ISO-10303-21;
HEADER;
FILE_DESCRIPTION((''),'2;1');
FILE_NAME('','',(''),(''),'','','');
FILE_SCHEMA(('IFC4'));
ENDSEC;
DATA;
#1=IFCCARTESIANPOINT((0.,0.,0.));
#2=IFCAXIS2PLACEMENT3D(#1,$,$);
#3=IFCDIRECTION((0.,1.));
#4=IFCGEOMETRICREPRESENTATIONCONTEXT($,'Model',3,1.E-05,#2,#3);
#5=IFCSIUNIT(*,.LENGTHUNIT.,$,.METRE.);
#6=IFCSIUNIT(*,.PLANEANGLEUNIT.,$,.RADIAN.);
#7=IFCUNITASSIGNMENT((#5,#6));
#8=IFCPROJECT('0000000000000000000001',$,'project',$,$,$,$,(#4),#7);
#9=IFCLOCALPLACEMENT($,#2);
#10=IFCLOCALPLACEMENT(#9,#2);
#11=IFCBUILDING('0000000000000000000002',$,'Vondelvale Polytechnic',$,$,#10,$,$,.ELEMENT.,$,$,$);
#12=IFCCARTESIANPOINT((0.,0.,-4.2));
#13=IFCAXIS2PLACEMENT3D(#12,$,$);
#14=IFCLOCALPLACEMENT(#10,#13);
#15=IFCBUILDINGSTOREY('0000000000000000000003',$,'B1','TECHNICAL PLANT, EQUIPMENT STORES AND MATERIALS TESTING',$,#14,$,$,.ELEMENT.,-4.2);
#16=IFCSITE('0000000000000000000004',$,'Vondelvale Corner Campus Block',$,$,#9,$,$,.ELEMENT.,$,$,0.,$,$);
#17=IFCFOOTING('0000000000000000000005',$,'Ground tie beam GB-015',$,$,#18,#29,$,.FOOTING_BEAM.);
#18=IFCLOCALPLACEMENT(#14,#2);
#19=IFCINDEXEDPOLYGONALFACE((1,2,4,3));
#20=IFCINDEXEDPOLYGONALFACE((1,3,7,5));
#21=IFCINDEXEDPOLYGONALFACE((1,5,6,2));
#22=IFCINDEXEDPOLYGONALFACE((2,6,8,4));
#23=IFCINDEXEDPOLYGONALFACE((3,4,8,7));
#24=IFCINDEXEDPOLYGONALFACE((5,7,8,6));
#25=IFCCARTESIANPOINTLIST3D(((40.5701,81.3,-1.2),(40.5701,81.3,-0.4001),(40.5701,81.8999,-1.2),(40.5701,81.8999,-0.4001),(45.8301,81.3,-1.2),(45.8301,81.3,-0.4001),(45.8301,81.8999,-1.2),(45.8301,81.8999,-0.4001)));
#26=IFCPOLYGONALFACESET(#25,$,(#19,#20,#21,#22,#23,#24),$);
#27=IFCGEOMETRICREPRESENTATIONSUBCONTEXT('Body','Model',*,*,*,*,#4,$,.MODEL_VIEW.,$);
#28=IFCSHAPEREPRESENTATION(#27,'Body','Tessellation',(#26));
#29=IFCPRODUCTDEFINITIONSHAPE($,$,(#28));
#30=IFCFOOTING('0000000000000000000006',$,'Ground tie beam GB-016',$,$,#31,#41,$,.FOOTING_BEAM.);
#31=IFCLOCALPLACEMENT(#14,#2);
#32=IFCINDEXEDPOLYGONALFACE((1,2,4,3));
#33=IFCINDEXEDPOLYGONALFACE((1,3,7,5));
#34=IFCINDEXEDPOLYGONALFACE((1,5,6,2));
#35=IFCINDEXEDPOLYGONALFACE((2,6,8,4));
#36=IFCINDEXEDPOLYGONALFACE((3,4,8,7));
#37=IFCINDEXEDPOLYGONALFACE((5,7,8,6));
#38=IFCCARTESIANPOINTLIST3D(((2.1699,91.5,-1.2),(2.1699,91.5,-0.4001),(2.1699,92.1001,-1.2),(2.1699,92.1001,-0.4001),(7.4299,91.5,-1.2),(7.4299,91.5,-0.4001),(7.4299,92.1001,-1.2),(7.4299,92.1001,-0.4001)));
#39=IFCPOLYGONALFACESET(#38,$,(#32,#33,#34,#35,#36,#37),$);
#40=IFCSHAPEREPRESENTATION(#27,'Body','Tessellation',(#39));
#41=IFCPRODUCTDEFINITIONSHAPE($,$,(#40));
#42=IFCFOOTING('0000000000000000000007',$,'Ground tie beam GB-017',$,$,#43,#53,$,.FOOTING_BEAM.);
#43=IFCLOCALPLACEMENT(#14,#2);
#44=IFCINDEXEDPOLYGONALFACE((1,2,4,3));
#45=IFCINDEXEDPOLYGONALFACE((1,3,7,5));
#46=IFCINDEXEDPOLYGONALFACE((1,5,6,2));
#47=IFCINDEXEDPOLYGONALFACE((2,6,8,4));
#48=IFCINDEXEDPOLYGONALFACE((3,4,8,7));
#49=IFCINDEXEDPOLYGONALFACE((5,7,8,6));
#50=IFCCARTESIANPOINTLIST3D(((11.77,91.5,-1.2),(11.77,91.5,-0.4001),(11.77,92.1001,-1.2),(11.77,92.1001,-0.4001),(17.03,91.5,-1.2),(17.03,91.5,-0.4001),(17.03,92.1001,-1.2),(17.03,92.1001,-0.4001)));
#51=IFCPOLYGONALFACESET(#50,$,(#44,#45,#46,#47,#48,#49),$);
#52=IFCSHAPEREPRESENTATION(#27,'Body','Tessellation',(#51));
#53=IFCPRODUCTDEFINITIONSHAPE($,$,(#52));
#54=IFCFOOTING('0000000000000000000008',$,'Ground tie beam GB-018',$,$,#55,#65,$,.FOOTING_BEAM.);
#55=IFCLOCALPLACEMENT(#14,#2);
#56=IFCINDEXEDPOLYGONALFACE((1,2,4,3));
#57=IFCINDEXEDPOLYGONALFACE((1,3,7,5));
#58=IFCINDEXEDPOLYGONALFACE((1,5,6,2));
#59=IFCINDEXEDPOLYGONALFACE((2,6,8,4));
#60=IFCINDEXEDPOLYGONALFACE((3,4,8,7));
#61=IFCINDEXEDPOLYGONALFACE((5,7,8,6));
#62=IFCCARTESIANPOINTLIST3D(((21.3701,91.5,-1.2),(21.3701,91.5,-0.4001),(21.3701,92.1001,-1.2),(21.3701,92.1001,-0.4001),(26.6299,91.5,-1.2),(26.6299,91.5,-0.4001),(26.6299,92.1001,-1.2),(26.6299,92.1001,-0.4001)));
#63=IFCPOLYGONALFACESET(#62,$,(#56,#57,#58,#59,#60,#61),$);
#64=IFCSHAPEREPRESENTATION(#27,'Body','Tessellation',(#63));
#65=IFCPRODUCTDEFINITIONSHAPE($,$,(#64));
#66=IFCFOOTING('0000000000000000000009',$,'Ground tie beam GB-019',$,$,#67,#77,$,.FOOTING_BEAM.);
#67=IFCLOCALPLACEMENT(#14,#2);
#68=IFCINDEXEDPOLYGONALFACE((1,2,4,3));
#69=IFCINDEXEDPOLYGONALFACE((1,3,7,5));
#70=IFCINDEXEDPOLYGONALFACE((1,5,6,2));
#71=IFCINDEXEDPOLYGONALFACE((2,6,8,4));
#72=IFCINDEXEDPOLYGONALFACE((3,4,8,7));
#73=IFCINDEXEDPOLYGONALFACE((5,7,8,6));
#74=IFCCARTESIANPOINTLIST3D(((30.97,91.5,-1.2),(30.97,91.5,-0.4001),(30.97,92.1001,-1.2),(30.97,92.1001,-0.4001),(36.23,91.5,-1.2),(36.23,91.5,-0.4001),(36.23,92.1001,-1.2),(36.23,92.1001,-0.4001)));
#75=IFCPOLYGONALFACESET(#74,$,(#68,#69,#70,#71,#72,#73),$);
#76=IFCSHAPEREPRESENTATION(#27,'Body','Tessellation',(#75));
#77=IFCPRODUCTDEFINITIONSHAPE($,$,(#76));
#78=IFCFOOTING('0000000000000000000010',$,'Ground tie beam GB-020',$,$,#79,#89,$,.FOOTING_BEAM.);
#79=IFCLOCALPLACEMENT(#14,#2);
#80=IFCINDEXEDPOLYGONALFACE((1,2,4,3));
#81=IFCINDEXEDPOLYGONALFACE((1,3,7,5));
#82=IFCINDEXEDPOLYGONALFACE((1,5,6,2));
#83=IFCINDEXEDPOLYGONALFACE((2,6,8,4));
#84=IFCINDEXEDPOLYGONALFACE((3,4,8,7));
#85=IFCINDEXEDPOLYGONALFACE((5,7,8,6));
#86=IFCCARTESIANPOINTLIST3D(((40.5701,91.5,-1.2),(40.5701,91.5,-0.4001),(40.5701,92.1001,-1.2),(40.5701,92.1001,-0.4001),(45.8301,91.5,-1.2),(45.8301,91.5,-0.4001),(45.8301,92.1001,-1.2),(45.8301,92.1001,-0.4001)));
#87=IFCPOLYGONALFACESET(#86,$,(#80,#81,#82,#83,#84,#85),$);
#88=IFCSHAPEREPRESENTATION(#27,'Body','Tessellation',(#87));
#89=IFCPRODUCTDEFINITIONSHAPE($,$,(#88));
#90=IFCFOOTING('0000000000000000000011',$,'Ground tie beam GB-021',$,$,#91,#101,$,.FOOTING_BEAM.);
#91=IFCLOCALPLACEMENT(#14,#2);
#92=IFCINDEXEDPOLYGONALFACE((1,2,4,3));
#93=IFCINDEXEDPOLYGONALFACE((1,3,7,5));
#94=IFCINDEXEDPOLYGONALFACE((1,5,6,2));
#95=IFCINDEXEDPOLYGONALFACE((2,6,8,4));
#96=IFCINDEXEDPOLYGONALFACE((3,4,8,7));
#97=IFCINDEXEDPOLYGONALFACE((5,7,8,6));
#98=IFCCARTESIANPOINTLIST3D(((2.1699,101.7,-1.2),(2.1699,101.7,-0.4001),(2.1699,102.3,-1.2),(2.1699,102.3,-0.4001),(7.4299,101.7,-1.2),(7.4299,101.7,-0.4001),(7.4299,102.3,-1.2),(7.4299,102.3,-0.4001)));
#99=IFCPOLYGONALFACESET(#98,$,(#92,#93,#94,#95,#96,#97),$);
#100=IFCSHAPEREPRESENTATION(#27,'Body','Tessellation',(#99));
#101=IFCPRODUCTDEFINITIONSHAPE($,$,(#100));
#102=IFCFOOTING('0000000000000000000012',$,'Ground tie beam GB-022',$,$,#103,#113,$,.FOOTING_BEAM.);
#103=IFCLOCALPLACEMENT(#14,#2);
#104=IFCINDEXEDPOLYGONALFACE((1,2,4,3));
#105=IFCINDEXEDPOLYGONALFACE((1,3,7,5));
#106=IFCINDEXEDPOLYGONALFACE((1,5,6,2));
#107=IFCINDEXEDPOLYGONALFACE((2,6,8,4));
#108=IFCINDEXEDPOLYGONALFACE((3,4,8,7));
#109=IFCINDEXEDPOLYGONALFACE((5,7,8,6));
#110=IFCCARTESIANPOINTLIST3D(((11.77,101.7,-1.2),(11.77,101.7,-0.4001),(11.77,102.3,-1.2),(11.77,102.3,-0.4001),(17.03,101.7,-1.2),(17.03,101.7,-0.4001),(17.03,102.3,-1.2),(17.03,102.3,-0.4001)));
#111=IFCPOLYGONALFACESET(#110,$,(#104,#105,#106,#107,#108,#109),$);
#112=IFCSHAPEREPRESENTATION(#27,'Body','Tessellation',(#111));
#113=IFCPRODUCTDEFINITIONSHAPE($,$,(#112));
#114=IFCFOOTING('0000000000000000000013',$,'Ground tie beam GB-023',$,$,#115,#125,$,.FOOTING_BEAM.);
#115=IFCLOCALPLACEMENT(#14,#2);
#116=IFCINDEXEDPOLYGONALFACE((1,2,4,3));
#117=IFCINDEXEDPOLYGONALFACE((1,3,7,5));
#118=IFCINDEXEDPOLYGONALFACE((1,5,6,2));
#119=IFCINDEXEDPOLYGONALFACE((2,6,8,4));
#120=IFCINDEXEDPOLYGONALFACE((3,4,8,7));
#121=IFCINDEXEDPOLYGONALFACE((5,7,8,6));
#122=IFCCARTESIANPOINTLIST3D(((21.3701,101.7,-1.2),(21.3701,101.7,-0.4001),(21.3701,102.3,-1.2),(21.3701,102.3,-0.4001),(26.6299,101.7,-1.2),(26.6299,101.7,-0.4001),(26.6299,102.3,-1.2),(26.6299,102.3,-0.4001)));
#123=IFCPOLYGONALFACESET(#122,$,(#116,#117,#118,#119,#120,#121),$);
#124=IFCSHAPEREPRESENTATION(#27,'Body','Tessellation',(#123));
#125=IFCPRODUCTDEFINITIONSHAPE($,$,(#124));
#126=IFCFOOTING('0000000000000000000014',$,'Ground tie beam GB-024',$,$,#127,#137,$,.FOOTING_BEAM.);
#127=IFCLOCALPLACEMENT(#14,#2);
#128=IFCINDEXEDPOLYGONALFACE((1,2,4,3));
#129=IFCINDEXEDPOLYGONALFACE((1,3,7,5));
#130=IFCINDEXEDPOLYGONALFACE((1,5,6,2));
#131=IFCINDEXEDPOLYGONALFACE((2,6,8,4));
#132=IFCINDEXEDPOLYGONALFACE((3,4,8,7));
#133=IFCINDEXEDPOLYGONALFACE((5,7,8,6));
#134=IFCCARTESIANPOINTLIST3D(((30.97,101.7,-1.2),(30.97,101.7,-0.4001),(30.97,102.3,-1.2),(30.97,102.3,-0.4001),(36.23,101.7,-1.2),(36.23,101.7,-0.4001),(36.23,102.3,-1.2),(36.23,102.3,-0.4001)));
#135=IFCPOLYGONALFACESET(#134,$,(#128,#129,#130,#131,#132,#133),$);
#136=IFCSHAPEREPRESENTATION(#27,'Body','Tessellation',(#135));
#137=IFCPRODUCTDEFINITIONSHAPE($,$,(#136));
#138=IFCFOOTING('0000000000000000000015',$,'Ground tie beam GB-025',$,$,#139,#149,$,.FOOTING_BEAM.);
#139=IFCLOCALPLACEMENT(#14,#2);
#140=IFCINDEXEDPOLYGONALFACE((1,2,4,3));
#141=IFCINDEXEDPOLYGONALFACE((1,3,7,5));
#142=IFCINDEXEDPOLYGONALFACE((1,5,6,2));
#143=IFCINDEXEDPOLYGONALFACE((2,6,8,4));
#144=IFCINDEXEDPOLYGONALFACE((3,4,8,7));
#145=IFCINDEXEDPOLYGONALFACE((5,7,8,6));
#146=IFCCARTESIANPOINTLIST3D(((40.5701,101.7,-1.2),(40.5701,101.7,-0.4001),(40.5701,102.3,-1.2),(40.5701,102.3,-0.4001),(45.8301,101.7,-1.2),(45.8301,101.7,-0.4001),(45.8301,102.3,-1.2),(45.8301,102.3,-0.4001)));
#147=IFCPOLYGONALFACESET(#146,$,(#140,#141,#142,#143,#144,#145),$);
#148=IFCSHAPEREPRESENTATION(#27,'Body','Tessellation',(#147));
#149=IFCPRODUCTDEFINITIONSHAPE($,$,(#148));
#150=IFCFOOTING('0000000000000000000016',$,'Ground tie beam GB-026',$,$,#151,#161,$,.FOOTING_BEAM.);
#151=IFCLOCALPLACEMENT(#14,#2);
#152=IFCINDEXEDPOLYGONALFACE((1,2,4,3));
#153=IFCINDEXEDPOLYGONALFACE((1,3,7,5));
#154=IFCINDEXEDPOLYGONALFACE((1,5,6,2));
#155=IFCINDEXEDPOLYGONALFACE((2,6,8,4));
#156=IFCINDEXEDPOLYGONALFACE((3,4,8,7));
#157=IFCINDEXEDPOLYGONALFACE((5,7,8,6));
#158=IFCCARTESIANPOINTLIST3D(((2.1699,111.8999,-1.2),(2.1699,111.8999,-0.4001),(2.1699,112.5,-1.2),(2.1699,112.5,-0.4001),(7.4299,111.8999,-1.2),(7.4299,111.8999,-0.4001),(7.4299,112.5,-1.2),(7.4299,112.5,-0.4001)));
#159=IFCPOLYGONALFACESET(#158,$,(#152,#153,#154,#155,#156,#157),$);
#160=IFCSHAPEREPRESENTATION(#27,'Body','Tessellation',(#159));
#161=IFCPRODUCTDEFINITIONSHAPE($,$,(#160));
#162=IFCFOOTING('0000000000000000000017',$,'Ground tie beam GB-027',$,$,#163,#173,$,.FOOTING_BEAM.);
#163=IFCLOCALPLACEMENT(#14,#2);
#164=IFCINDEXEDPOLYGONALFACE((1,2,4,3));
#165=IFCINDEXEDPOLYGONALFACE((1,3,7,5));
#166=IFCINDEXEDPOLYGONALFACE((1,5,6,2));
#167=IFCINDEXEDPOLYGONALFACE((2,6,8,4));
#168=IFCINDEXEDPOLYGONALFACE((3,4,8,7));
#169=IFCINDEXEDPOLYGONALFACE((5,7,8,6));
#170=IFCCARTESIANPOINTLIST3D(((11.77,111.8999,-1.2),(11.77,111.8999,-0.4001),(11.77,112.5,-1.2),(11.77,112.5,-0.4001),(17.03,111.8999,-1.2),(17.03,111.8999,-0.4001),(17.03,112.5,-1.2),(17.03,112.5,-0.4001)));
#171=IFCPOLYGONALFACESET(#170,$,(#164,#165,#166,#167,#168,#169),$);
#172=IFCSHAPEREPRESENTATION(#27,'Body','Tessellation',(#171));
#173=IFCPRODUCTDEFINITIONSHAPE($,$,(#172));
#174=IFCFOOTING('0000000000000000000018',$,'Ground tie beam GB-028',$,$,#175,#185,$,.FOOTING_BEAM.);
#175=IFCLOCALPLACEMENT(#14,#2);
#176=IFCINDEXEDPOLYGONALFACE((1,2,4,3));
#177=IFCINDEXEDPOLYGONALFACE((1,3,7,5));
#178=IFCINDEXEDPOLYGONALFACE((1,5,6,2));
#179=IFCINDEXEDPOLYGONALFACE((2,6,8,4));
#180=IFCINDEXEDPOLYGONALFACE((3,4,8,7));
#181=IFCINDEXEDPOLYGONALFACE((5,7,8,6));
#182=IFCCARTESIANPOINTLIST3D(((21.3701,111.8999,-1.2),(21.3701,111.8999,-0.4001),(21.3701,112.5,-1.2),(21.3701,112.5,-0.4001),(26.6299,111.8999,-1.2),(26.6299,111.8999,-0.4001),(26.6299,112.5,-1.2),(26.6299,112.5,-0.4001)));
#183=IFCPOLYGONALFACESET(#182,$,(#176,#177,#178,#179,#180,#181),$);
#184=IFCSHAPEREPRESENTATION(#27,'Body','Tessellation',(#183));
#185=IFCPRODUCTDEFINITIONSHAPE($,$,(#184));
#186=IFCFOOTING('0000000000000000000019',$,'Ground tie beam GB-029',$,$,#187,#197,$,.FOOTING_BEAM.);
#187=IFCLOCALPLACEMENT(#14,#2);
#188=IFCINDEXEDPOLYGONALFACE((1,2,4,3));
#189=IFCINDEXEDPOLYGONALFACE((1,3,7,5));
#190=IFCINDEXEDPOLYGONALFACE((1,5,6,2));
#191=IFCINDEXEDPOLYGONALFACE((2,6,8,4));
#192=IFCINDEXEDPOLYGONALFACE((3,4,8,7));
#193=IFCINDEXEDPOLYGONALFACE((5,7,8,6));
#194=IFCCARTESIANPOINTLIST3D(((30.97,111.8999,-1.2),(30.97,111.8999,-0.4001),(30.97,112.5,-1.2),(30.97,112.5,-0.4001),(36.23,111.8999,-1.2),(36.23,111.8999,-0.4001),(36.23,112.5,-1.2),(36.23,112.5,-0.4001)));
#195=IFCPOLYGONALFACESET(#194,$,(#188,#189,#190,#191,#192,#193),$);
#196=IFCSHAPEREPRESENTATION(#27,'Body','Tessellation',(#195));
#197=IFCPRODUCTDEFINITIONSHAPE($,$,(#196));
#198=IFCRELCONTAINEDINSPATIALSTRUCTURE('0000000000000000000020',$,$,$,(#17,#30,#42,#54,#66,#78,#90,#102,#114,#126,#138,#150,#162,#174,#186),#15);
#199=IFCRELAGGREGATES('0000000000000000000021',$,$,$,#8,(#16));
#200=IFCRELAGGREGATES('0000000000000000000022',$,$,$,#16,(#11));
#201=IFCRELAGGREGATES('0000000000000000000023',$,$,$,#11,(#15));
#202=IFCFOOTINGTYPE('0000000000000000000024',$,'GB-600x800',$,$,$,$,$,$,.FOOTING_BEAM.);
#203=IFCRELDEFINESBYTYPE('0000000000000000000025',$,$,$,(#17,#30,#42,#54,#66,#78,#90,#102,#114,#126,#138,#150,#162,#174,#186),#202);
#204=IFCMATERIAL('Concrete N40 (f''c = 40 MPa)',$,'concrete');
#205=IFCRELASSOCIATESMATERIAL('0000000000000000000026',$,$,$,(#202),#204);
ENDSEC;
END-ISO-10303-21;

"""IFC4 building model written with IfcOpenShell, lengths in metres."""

from ifc_helpers import new_model, si_unit, direction, frame, origin, place, context, subcontext, project, spatial, polyline, outline, extrude, material, type_object, element, save


model = new_model("IFC4")

# Units and contexts
model_context = context("Model", 3, precision=1e-05, world=origin(), true_north=direction((0.0, 1.0)))
body_context = subcontext(model_context, "Body", "Model", "MODEL_VIEW")
ifc_project = project(units=[si_unit("LENGTHUNIT", "METRE"), si_unit("PLANEANGLEUNIT", "RADIAN")], contexts=[model_context])

# Site, building, storey
site_placement = place(None, origin())
site = spatial("IfcSite", under=ifc_project, at=site_placement, Name="Vondelvale Corner Campus Block", CompositionType="ELEMENT", RefElevation=0.0)
building_placement = place(site_placement, origin())
building = spatial("IfcBuilding", under=site, at=building_placement, Name="Vondelvale Polytechnic", CompositionType="ELEMENT")
storey_placement = place(building_placement, frame((0.0, 0.0, -4.2)))
storey = spatial("IfcBuildingStorey", under=building, at=storey_placement, Name="B1", Description="TECHNICAL PLANT, EQUIPMENT STORES AND MATERIALS TESTING", CompositionType="ELEMENT", Elevation=-4.2)

# Footings
ifc_material = material(Name="Concrete N40 (f'c = 40 MPa)", Category="concrete")
footing_type_1 = type_object("IfcFootingType", Name="GB-600x800", PredefinedType="FOOTING_BEAM", material=ifc_material)
footing_1_placement = place(storey_placement, frame((0.0, 0.0, -1.2)))
element("IfcFooting", 1, at=footing_1_placement, inside=storey, type_object=footing_type_1, Name="Ground tie beam GB-015", PredefinedType="FOOTING_BEAM", context=body_context, shape_type="SweptSolid", body=[
    extrude(outline(polyline([(40.5701, 81.3), (40.5701, 81.8999), (45.8301, 81.8999), (45.8301, 81.3), (40.5701, 81.3)])), origin(), (0.0, 0.0, 1.0), 0.7998),
])
footing_2_placement = place(storey_placement, frame((0.0, 0.0, -1.2)))
element("IfcFooting", 2, at=footing_2_placement, inside=storey, type_object=footing_type_1, Name="Ground tie beam GB-016", PredefinedType="FOOTING_BEAM", context=body_context, shape_type="SweptSolid", body=[
    extrude(outline(polyline([(2.1699, 91.5), (2.1699, 92.1001), (7.4299, 92.1001), (7.4299, 91.5), (2.1699, 91.5)])), origin(), (0.0, 0.0, 1.0), 0.7998),
])
footing_3_placement = place(storey_placement, frame((0.0, 0.0, -1.2)))
element("IfcFooting", 3, at=footing_3_placement, inside=storey, type_object=footing_type_1, Name="Ground tie beam GB-017", PredefinedType="FOOTING_BEAM", context=body_context, shape_type="SweptSolid", body=[
    extrude(outline(polyline([(11.77, 91.5), (11.77, 92.1001), (17.03, 92.1001), (17.03, 91.5), (11.77, 91.5)])), origin(), (0.0, 0.0, 1.0), 0.7998),
])
footing_4_placement = place(storey_placement, frame((0.0, 0.0, -1.2)))
element("IfcFooting", 4, at=footing_4_placement, inside=storey, type_object=footing_type_1, Name="Ground tie beam GB-018", PredefinedType="FOOTING_BEAM", context=body_context, shape_type="SweptSolid", body=[
    extrude(outline(polyline([(21.3701, 91.5), (21.3701, 92.1001), (26.6299, 92.1001), (26.6299, 91.5), (21.3701, 91.5)])), origin(), (0.0, 0.0, 1.0), 0.7998),
])
footing_5_placement = place(storey_placement, frame((0.0, 0.0, -1.2)))
element("IfcFooting", 5, at=footing_5_placement, inside=storey, type_object=footing_type_1, Name="Ground tie beam GB-019", PredefinedType="FOOTING_BEAM", context=body_context, shape_type="SweptSolid", body=[
    extrude(outline(polyline([(30.97, 91.5), (30.97, 92.1001), (36.23, 92.1001), (36.23, 91.5), (30.97, 91.5)])), origin(), (0.0, 0.0, 1.0), 0.7998),
])
footing_6_placement = place(storey_placement, frame((0.0, 0.0, -1.2)))
element("IfcFooting", 6, at=footing_6_placement, inside=storey, type_object=footing_type_1, Name="Ground tie beam GB-020", PredefinedType="FOOTING_BEAM", context=body_context, shape_type="SweptSolid", body=[
    extrude(outline(polyline([(40.5701, 91.5), (40.5701, 92.1001), (45.8301, 92.1001), (45.8301, 91.5), (40.5701, 91.5)])), origin(), (0.0, 0.0, 1.0), 0.7998),
])
footing_7_placement = place(storey_placement, frame((0.0, 0.0, -1.2)))
element("IfcFooting", 7, at=footing_7_placement, inside=storey, type_object=footing_type_1, Name="Ground tie beam GB-021", PredefinedType="FOOTING_BEAM", context=body_context, shape_type="SweptSolid", body=[
    extrude(outline(polyline([(2.1699, 101.7), (2.1699, 102.3), (7.4299, 102.3), (7.4299, 101.7), (2.1699, 101.7)])), origin(), (0.0, 0.0, 1.0), 0.7998),
])
footing_8_placement = place(storey_placement, frame((0.0, 0.0, -1.2)))
element("IfcFooting", 8, at=footing_8_placement, inside=storey, type_object=footing_type_1, Name="Ground tie beam GB-022", PredefinedType="FOOTING_BEAM", context=body_context, shape_type="SweptSolid", body=[
    extrude(outline(polyline([(11.77, 101.7), (11.77, 102.3), (17.03, 102.3), (17.03, 101.7), (11.77, 101.7)])), origin(), (0.0, 0.0, 1.0), 0.7998),
])
footing_9_placement = place(storey_placement, frame((0.0, 0.0, -1.2)))
element("IfcFooting", 9, at=footing_9_placement, inside=storey, type_object=footing_type_1, Name="Ground tie beam GB-023", PredefinedType="FOOTING_BEAM", context=body_context, shape_type="SweptSolid", body=[
    extrude(outline(polyline([(21.3701, 101.7), (21.3701, 102.3), (26.6299, 102.3), (26.6299, 101.7), (21.3701, 101.7)])), origin(), (0.0, 0.0, 1.0), 0.7998),
])
footing_10_placement = place(storey_placement, frame((0.0, 0.0, -1.2)))
element("IfcFooting", 10, at=footing_10_placement, inside=storey, type_object=footing_type_1, Name="Ground tie beam GB-024", PredefinedType="FOOTING_BEAM", context=body_context, shape_type="SweptSolid", body=[
    extrude(outline(polyline([(30.97, 101.7), (30.97, 102.3), (36.23, 102.3), (36.23, 101.7), (30.97, 101.7)])), origin(), (0.0, 0.0, 1.0), 0.7998),
])
footing_11_placement = place(storey_placement, frame((0.0, 0.0, -1.2)))
element("IfcFooting", 11, at=footing_11_placement, inside=storey, type_object=footing_type_1, Name="Ground tie beam GB-025", PredefinedType="FOOTING_BEAM", context=body_context, shape_type="SweptSolid", body=[
    extrude(outline(polyline([(40.5701, 101.7), (40.5701, 102.3), (45.8301, 102.3), (45.8301, 101.7), (40.5701, 101.7)])), origin(), (0.0, 0.0, 1.0), 0.7998),
])
footing_12_placement = place(storey_placement, frame((0.0, 0.0, -1.2)))
element("IfcFooting", 12, at=footing_12_placement, inside=storey, type_object=footing_type_1, Name="Ground tie beam GB-026", PredefinedType="FOOTING_BEAM", context=body_context, shape_type="SweptSolid", body=[
    extrude(outline(polyline([(2.1699, 111.8999), (2.1699, 112.5), (7.4299, 112.5), (7.4299, 111.8999), (2.1699, 111.8999)])), origin(), (0.0, 0.0, 1.0), 0.7998),
])
footing_13_placement = place(storey_placement, frame((0.0, 0.0, -1.2)))
element("IfcFooting", 13, at=footing_13_placement, inside=storey, type_object=footing_type_1, Name="Ground tie beam GB-027", PredefinedType="FOOTING_BEAM", context=body_context, shape_type="SweptSolid", body=[
    extrude(outline(polyline([(11.77, 111.8999), (11.77, 112.5), (17.03, 112.5), (17.03, 111.8999), (11.77, 111.8999)])), origin(), (0.0, 0.0, 1.0), 0.7998),
])
footing_14_placement = place(storey_placement, frame((0.0, 0.0, -1.2)))
element("IfcFooting", 14, at=footing_14_placement, inside=storey, type_object=footing_type_1, Name="Ground tie beam GB-028", PredefinedType="FOOTING_BEAM", context=body_context, shape_type="SweptSolid", body=[
    extrude(outline(polyline([(21.3701, 111.8999), (21.3701, 112.5), (26.6299, 112.5), (26.6299, 111.8999), (21.3701, 111.8999)])), origin(), (0.0, 0.0, 1.0), 0.7998),
])
footing_15_placement = place(storey_placement, frame((0.0, 0.0, -1.2)))
element("IfcFooting", 15, at=footing_15_placement, inside=storey, type_object=footing_type_1, Name="Ground tie beam GB-029", PredefinedType="FOOTING_BEAM", context=body_context, shape_type="SweptSolid", body=[
    extrude(outline(polyline([(30.97, 111.8999), (30.97, 112.5), (36.23, 112.5), (36.23, 111.8999), (30.97, 111.8999)])), origin(), (0.0, 0.0, 1.0), 0.7998),
])

save(model, "model.ifc")
